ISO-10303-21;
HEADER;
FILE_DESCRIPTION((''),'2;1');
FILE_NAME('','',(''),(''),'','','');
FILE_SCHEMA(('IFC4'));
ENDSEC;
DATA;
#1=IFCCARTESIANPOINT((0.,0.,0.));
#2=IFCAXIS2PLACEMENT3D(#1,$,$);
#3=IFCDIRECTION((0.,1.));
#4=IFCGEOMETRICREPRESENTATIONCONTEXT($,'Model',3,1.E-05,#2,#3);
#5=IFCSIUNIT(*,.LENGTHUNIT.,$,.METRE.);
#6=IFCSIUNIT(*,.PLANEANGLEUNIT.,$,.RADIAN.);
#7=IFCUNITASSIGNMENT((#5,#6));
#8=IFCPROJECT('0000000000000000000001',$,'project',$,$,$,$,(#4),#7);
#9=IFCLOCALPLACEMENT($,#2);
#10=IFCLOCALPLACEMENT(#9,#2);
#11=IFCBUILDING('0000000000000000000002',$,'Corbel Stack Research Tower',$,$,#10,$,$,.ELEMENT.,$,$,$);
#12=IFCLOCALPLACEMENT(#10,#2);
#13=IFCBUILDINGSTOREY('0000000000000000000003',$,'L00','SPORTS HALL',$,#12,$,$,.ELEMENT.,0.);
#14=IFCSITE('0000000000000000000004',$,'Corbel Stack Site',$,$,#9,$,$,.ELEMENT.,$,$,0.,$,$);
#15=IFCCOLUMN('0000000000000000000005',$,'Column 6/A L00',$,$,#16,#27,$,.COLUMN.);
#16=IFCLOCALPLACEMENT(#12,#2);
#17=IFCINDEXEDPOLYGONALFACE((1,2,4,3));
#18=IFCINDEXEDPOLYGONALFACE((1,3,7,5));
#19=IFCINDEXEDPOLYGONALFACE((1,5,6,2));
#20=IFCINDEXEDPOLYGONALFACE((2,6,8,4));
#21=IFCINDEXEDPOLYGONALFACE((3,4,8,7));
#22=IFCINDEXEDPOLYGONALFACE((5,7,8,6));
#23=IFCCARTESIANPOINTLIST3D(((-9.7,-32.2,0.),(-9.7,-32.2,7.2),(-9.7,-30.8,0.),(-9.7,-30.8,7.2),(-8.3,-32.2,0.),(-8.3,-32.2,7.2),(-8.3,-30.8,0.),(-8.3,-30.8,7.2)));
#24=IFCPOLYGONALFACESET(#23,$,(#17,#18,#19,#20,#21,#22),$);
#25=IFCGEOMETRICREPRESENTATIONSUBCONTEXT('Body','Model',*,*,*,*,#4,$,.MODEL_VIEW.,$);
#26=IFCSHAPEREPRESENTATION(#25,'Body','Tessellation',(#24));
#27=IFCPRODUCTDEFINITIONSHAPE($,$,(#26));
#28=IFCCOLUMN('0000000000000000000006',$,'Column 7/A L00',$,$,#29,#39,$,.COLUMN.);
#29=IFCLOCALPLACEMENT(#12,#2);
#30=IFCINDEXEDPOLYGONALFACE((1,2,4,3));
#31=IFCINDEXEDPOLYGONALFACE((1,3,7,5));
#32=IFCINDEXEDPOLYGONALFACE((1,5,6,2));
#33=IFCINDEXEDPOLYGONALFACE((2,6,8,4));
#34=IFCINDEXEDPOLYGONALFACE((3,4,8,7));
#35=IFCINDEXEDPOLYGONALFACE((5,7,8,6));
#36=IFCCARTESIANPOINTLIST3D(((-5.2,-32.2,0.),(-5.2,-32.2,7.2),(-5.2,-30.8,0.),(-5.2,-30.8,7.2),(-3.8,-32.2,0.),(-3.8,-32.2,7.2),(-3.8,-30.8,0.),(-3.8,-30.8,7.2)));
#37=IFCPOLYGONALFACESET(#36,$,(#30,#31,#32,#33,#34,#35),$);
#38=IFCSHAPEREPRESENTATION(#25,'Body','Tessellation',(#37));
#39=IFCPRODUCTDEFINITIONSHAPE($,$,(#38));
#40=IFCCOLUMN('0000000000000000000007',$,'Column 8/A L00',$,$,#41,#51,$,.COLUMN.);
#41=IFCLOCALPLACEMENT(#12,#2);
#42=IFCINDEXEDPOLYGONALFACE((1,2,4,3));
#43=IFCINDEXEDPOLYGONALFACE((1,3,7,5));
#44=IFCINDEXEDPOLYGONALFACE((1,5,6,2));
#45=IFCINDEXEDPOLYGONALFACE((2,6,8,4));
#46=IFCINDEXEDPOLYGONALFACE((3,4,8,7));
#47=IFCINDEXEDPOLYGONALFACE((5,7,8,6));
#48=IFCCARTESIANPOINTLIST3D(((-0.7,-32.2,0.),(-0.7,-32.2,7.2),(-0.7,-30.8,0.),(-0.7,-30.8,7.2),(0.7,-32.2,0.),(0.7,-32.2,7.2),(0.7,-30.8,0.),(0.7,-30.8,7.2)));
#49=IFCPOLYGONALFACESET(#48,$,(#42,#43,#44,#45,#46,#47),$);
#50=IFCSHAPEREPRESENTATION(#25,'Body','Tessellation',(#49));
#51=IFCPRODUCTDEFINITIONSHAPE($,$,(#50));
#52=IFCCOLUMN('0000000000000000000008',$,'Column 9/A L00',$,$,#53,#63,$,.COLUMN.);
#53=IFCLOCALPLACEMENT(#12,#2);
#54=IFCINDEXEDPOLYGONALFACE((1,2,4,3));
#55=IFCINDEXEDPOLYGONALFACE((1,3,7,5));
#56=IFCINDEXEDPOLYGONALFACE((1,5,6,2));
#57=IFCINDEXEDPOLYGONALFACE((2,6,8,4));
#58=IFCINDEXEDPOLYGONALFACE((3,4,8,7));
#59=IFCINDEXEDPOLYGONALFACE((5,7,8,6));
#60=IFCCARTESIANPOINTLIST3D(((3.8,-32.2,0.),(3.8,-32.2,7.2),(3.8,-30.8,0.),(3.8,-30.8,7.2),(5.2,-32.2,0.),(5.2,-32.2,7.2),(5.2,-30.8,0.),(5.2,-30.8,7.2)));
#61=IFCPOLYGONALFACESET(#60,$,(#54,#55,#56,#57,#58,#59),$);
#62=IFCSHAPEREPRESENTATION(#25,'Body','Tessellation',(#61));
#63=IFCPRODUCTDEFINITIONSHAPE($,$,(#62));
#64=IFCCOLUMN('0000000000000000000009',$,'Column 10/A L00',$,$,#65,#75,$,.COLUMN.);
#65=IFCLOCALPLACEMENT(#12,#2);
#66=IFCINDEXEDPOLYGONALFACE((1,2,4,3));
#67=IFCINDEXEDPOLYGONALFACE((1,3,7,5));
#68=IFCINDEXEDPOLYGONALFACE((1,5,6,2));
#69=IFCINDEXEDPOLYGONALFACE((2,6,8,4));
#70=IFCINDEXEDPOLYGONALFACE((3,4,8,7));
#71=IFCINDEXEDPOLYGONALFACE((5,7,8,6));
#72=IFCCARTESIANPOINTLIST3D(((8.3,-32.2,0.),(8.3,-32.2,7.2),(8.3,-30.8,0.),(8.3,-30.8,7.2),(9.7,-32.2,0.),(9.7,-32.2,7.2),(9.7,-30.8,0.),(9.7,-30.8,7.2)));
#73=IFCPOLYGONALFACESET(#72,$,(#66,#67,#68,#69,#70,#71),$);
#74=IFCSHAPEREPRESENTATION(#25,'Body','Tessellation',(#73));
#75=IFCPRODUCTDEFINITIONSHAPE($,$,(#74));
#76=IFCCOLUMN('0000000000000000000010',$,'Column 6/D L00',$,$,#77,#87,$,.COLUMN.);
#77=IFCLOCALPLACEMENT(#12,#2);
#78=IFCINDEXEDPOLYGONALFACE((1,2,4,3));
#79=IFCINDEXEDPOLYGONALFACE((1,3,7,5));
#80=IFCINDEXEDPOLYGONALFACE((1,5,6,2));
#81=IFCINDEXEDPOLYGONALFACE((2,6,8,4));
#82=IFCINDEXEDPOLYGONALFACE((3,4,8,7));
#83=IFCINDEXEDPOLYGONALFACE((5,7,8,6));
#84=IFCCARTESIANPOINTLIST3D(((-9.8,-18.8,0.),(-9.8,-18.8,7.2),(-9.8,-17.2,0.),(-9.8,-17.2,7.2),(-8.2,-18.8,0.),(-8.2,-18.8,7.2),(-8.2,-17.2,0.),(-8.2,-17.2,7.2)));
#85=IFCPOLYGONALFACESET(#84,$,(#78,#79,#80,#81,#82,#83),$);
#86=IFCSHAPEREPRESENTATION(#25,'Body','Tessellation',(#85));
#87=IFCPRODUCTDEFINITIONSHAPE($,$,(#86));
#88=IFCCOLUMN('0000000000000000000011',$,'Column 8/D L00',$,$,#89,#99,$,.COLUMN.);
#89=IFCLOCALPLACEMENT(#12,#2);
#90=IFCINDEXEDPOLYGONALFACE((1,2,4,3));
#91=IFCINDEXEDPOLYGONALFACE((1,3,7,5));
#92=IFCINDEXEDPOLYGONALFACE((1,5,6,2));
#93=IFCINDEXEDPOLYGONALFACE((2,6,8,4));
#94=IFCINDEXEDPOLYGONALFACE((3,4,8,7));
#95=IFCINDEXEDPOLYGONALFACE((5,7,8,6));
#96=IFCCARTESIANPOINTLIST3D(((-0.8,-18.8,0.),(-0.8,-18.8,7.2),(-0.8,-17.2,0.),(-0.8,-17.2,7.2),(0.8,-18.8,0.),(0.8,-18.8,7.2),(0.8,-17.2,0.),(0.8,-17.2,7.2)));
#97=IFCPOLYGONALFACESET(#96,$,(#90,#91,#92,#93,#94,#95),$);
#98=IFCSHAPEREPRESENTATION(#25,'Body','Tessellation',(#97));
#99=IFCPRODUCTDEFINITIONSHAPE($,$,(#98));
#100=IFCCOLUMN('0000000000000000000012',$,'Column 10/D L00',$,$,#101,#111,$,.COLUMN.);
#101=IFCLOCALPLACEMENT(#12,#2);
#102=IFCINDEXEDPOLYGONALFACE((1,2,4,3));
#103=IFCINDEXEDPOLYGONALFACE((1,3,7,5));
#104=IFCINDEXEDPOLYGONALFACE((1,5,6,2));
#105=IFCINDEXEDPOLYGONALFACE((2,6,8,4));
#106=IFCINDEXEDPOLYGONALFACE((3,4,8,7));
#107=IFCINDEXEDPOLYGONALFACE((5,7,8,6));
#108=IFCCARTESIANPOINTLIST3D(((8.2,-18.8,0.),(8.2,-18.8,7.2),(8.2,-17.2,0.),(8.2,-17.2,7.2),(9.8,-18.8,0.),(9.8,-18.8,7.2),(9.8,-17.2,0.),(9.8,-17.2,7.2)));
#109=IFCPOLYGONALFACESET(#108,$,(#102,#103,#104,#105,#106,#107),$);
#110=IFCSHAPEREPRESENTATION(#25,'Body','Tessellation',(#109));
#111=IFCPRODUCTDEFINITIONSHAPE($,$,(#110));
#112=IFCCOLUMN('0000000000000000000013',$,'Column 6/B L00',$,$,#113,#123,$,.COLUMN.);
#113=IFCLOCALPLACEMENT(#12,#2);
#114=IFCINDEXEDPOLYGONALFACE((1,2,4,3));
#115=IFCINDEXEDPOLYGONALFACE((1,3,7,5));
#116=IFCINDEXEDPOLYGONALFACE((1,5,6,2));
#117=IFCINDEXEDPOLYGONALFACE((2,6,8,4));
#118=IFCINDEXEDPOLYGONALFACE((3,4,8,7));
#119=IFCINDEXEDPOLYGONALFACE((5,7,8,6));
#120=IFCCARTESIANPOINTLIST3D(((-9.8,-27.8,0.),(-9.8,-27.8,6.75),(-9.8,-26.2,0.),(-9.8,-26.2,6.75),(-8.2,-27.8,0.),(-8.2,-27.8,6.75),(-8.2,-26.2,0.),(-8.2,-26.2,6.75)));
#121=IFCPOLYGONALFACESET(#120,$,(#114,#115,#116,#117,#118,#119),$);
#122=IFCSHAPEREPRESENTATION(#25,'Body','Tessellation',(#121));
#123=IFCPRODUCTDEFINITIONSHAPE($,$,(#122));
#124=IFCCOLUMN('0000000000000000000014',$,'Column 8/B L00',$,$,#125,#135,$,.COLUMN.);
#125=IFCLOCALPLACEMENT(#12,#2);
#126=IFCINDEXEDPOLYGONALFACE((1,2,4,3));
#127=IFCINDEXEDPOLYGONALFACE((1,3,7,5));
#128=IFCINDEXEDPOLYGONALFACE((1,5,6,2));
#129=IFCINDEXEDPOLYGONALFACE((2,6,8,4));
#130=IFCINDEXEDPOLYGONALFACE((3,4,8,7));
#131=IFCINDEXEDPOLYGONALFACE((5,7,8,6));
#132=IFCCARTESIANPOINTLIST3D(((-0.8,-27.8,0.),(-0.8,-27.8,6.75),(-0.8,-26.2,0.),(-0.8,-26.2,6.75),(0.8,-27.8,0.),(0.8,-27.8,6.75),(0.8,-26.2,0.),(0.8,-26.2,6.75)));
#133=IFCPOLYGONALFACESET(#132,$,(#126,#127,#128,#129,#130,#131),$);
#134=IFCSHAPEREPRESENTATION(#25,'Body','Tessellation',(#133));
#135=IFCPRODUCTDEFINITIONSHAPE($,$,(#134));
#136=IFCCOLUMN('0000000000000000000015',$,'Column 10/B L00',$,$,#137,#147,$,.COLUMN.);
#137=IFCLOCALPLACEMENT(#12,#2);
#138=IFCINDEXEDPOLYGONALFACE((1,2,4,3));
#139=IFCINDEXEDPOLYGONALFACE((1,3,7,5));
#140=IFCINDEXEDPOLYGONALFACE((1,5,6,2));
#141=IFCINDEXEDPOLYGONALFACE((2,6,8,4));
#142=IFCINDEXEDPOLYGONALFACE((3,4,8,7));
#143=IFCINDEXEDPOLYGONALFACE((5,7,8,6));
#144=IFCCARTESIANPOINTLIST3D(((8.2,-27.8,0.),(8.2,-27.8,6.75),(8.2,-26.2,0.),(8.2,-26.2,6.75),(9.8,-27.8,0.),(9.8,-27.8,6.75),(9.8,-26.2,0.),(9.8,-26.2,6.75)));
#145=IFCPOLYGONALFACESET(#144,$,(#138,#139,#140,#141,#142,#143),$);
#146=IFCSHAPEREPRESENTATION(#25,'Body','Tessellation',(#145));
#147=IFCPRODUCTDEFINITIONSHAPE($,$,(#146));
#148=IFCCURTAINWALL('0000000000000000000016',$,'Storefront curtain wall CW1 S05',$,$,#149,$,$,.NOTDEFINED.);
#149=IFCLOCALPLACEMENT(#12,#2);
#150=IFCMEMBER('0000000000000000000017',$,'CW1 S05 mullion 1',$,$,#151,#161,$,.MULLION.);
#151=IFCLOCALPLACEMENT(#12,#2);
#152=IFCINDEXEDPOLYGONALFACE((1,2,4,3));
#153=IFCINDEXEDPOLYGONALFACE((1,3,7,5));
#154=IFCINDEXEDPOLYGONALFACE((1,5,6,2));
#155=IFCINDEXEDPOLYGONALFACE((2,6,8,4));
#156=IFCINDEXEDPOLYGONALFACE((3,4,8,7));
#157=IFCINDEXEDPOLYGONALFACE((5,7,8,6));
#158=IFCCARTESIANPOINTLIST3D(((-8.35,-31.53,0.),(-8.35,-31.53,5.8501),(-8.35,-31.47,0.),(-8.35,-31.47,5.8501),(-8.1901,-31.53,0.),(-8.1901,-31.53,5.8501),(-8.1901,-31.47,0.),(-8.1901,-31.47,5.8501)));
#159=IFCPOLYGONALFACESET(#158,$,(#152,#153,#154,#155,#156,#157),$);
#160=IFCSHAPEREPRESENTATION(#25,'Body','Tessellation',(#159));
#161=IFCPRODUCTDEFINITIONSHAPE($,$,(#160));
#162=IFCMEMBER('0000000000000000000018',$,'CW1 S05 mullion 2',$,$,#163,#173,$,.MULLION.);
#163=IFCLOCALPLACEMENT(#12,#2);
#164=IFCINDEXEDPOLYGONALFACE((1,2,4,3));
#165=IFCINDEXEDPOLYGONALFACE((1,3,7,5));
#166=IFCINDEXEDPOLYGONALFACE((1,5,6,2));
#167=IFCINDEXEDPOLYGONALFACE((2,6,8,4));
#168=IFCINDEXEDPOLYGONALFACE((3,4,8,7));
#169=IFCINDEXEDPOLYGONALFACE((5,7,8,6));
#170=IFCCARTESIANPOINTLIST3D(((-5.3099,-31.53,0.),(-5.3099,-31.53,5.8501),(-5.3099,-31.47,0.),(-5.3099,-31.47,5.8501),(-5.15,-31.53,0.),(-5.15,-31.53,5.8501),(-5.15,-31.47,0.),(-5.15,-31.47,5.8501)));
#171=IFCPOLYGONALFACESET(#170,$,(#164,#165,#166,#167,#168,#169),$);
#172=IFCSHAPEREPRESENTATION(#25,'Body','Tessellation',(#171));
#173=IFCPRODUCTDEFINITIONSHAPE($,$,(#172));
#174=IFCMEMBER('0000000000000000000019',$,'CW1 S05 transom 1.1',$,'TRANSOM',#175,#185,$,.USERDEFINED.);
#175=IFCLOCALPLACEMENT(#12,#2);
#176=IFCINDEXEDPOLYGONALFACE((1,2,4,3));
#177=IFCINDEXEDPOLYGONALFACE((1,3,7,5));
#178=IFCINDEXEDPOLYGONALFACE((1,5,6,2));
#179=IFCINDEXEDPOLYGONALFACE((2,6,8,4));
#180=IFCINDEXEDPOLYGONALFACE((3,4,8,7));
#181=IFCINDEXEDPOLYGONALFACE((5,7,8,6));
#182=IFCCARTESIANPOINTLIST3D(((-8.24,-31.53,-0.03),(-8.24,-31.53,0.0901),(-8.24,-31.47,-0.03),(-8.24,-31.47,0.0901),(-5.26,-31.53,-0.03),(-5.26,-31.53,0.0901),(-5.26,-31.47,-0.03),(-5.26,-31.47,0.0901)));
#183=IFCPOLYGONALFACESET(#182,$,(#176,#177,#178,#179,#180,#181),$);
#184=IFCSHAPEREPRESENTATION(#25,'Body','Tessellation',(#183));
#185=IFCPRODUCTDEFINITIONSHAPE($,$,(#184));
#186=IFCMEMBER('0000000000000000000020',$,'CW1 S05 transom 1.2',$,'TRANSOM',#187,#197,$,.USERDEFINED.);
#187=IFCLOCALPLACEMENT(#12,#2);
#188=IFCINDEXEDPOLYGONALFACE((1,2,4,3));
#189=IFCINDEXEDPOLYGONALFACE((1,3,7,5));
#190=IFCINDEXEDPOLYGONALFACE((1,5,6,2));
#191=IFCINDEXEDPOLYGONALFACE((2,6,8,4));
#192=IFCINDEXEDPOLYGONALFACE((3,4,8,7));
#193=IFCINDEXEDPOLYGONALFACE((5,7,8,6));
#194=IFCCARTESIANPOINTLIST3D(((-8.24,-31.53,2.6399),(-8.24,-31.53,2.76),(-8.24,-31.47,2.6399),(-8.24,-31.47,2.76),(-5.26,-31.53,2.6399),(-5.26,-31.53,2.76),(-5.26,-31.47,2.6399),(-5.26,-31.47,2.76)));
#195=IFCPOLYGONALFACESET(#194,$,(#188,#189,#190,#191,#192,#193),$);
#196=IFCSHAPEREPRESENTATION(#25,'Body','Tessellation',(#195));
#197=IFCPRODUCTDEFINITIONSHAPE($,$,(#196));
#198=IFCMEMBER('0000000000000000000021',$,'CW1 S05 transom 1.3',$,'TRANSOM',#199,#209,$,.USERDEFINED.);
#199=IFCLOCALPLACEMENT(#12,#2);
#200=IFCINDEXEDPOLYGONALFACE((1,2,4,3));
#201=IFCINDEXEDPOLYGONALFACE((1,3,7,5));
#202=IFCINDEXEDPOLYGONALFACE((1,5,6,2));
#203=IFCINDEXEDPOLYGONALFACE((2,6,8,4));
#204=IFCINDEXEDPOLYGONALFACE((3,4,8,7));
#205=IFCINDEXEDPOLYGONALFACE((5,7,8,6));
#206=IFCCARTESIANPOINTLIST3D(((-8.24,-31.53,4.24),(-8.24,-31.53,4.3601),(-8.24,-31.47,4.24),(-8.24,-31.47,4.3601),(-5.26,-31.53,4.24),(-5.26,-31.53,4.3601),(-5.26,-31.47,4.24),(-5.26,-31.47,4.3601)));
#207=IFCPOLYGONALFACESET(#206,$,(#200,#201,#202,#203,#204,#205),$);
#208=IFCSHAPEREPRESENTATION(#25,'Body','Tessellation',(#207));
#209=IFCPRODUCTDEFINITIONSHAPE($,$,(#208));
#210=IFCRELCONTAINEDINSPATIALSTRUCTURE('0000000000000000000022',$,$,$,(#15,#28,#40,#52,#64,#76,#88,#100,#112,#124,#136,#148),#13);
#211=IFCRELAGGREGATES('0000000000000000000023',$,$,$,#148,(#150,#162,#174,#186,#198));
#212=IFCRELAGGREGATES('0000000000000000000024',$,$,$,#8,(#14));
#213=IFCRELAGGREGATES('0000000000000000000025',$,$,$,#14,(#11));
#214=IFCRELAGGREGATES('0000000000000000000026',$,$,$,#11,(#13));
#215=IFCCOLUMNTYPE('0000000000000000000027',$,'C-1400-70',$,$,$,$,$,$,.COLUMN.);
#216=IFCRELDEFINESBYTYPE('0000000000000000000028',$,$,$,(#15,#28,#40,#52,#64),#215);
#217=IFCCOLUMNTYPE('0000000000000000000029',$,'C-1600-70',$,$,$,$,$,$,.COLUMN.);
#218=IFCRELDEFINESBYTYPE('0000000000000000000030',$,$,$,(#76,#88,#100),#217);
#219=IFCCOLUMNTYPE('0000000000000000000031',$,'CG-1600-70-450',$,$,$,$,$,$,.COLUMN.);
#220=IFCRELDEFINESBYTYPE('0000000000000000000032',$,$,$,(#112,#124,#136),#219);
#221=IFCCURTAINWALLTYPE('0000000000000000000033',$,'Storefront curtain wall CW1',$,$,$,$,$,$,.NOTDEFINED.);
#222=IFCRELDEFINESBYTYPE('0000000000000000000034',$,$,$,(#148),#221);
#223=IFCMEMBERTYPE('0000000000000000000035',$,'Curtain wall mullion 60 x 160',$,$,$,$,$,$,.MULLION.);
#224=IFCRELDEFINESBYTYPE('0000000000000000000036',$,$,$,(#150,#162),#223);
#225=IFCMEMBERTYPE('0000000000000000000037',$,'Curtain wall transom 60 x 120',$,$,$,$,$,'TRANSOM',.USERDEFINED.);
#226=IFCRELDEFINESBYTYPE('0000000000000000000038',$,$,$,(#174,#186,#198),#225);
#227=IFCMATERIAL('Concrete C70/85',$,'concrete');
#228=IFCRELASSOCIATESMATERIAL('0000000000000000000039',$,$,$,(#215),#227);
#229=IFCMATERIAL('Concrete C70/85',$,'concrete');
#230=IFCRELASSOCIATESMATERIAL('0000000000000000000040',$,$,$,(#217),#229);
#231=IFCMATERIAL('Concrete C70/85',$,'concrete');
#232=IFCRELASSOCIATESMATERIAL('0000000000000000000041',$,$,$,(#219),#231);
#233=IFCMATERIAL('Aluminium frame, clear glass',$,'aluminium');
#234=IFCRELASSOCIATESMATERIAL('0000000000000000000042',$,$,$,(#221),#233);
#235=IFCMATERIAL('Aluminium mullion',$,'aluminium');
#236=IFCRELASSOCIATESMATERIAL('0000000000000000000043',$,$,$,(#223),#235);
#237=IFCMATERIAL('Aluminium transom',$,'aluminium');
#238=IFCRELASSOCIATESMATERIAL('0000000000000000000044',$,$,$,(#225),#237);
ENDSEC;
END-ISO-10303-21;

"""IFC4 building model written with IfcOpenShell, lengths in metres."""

from ifc_helpers import new_model, si_unit, direction, frame, origin, origin_2d, place, context, subcontext, project, spatial, rectangle, extrude, material, material_profile, profile_set, type_object, element, aggregate, save


model = new_model("IFC4")

# Units and contexts
model_context = context("Model", 3, precision=1e-05, world=origin(), true_north=direction((0.0, 1.0)))
body_context = subcontext(model_context, "Body", "Model", "MODEL_VIEW")
ifc_project = project(units=[si_unit("LENGTHUNIT", "METRE"), si_unit("PLANEANGLEUNIT", "RADIAN")], contexts=[model_context])

# Site, building, storey
site_placement = place(None, origin())
site = spatial("IfcSite", under=ifc_project, at=site_placement, Name="Corbel Stack Site", CompositionType="ELEMENT", RefElevation=0.0)
building_placement = place(site_placement, origin())
building = spatial("IfcBuilding", under=site, at=building_placement, Name="Corbel Stack Research Tower", CompositionType="ELEMENT")
storey_placement = place(building_placement, origin())
storey = spatial("IfcBuildingStorey", under=building, at=storey_placement, Name="L00", Description="SPORTS HALL", CompositionType="ELEMENT", Elevation=0.0)

# Columns
ifc_material_1 = material(Name="Concrete C70/85", Category="concrete")
ifc_material_profile_1 = material_profile(ifc_material_1, rectangle(XDim=1.3999, YDim=1.3999, at=origin_2d()), Name="RC 1400 x 1400")
ifc_profile_set_1 = profile_set([ifc_material_profile_1], Name="Concrete C70/85")
column_type_1 = type_object("IfcColumnType", Name="C-1400-70", PredefinedType="COLUMN", material=ifc_profile_set_1)
for number, where, z_axis, x_axis, name in (
    (1, (-9.0, -31.5, 0.0), (0.0, 0.0, 1.0), (1.0, 0.0, 0.0), "Column 6/A L00"),
    (2, (-4.5, -31.5, 0.0), (0.0, 0.0, 1.0), (1.0, 0.0, 0.0), "Column 7/A L00"),
    (3, (0.0, -31.5, 0.0), (0.0, 0.0, 1.0), (1.0, 0.0, 0.0), "Column 8/A L00"),
    (4, (4.5, -31.5, 0.0), (0.0, 0.0, 1.0), (1.0, 0.0, 0.0), "Column 9/A L00"),
    (5, (9.0, -31.5, 0.0), (0.0, 0.0, 1.0), (1.0, 0.0, 0.0), "Column 10/A L00"),
):
    element("IfcColumn", number, at=place(storey_placement, frame(where, z_axis=z_axis, x_axis=x_axis)), inside=storey, type_object=column_type_1, Name=name, PredefinedType="COLUMN", context=body_context, shape_type="SweptSolid", body=[
        extrude(rectangle(XDim=1.3999, YDim=1.3999, at=origin_2d()), origin(), (0.0, 0.0, 1.0), 7.2),
    ])
ifc_material_2 = material(Name="Concrete C70/85", Category="concrete")
ifc_material_profile_2 = material_profile(ifc_material_2, rectangle(XDim=1.6001, YDim=1.6001, at=origin_2d()), Name="RC 1600 x 1600")
ifc_profile_set_2 = profile_set([ifc_material_profile_2], Name="Concrete C70/85")
column_type_2 = type_object("IfcColumnType", Name="C-1600-70", PredefinedType="COLUMN", material=ifc_profile_set_2)
for number, where, z_axis, x_axis, name in (
    (6, (-9.0, -18.0, 0.0), (0.0, 0.0, 1.0), (1.0, 0.0, 0.0), "Column 6/D L00"),
    (7, (0.0, -18.0, 0.0), (0.0, 0.0, 1.0), (1.0, 0.0, 0.0), "Column 8/D L00"),
    (8, (9.0, -18.0, 0.0), (0.0, 0.0, 1.0), (1.0, 0.0, 0.0), "Column 10/D L00"),
):
    element("IfcColumn", number, at=place(storey_placement, frame(where, z_axis=z_axis, x_axis=x_axis)), inside=storey, type_object=column_type_2, Name=name, PredefinedType="COLUMN", context=body_context, shape_type="SweptSolid", body=[
        extrude(rectangle(XDim=1.6001, YDim=1.6001, at=origin_2d()), origin(), (0.0, 0.0, 1.0), 7.2),
    ])
ifc_material_3 = material(Name="Concrete C70/85", Category="concrete")
ifc_material_profile_3 = material_profile(ifc_material_3, rectangle(XDim=1.6001, YDim=1.6001, at=origin_2d()), Name="RC 1600 x 1600")
ifc_profile_set_3 = profile_set([ifc_material_profile_3], Name="Concrete C70/85")
column_type_3 = type_object("IfcColumnType", Name="CG-1600-70-450", PredefinedType="COLUMN", material=ifc_profile_set_3)
for number, where, z_axis, x_axis, name in (
    (9, (-9.0, -27.0, 0.0), (0.0, 0.0, 1.0), (1.0, 0.0, 0.0), "Column 6/B L00"),
    (10, (0.0, -27.0, 0.0), (0.0, 0.0, 1.0), (1.0, 0.0, 0.0), "Column 8/B L00"),
    (11, (9.0, -27.0, 0.0), (0.0, 0.0, 1.0), (1.0, 0.0, 0.0), "Column 10/B L00"),
):
    element("IfcColumn", number, at=place(storey_placement, frame(where, z_axis=z_axis, x_axis=x_axis)), inside=storey, type_object=column_type_3, Name=name, PredefinedType="COLUMN", context=body_context, shape_type="SweptSolid", body=[
        extrude(rectangle(XDim=1.6001, YDim=1.6001, at=origin_2d()), origin(), (0.0, 0.0, 1.0), 6.75),
    ])

# Curtain wall, members
ifc_material_4 = material(Name="Aluminium frame, clear glass", Category="aluminium")
curtain_wall_type = type_object("IfcCurtainWallType", Name="Storefront curtain wall CW1", PredefinedType="NOTDEFINED", material=ifc_material_4)
curtain_wall_placement = place(storey_placement, origin())
curtain_wall = element("IfcCurtainWall", 12, at=curtain_wall_placement, inside=storey, type_object=curtain_wall_type, Name="Storefront curtain wall CW1 S05", PredefinedType="NOTDEFINED")
ifc_material_5 = material(Name="Aluminium mullion", Category="aluminium")
ifc_material_profile_4 = material_profile(ifc_material_5, rectangle(XDim=0.0601, YDim=0.1599, at=origin_2d()), Name="Mullion 60 x 160")
ifc_profile_set_4 = profile_set([ifc_material_profile_4], Name="Aluminium mullion")
member_type_1 = type_object("IfcMemberType", Name="Curtain wall mullion 60 x 160", PredefinedType="MULLION", material=ifc_profile_set_4)
member_1_placement = place(storey_placement, frame((-8.27, -31.5, 0.0), z_axis=(0.0, 0.0, 1.0), x_axis=(0.0, 1.0, 0.0)))
member_1 = element("IfcMember", 13, at=member_1_placement, type_object=member_type_1, Name="CW1 S05 mullion 1", PredefinedType="MULLION", context=body_context, shape_type="SweptSolid", body=[
    extrude(rectangle(XDim=0.0601, YDim=0.1599, at=origin_2d()), origin(), (0.0, 0.0, 1.0), 5.8501),
])
member_2_placement = place(storey_placement, frame((-5.23, -31.5, 0.0), z_axis=(0.0, 0.0, 1.0), x_axis=(0.0, 1.0, 0.0)))
member_2 = element("IfcMember", 14, at=member_2_placement, type_object=member_type_1, Name="CW1 S05 mullion 2", PredefinedType="MULLION", context=body_context, shape_type="SweptSolid", body=[
    extrude(rectangle(XDim=0.0601, YDim=0.1599, at=origin_2d()), origin(), (0.0, 0.0, 1.0), 5.8501),
])
ifc_material_6 = material(Name="Aluminium transom", Category="aluminium")
ifc_material_profile_5 = material_profile(ifc_material_6, rectangle(XDim=0.0601, YDim=0.1201, at=origin_2d()), Name="Transom 60 x 120")
ifc_profile_set_5 = profile_set([ifc_material_profile_5], Name="Aluminium transom")
member_type_2 = type_object("IfcMemberType", Name="Curtain wall transom 60 x 120", ElementType="TRANSOM", PredefinedType="USERDEFINED", material=ifc_profile_set_5)
member_3_placement = place(storey_placement, frame((-8.24, -31.5, 0.03), z_axis=(1.0, 0.0, 0.0), x_axis=(0.0, 1.0, 0.0)))
member_3 = element("IfcMember", 15, at=member_3_placement, type_object=member_type_2, Name="CW1 S05 transom 1.1", ObjectType="TRANSOM", PredefinedType="USERDEFINED", context=body_context, shape_type="SweptSolid", body=[
    extrude(rectangle(XDim=0.0601, YDim=0.1201, at=origin_2d()), origin(), (0.0, 0.0, 1.0), 2.98),
])
member_4_placement = place(storey_placement, frame((-8.24, -31.5, 2.7), z_axis=(1.0, 0.0, 0.0), x_axis=(0.0, 1.0, 0.0)))
member_4 = element("IfcMember", 16, at=member_4_placement, type_object=member_type_2, Name="CW1 S05 transom 1.2", ObjectType="TRANSOM", PredefinedType="USERDEFINED", context=body_context, shape_type="SweptSolid", body=[
    extrude(rectangle(XDim=0.0601, YDim=0.1201, at=origin_2d()), origin(), (0.0, 0.0, 1.0), 2.98),
])
member_5_placement = place(storey_placement, frame((-8.24, -31.5, 4.3), z_axis=(1.0, 0.0, 0.0), x_axis=(0.0, 1.0, 0.0)))
member_5 = element("IfcMember", 17, at=member_5_placement, type_object=member_type_2, Name="CW1 S05 transom 1.3", ObjectType="TRANSOM", PredefinedType="USERDEFINED", context=body_context, shape_type="SweptSolid", body=[
    extrude(rectangle(XDim=0.0601, YDim=0.1201, at=origin_2d()), origin(), (0.0, 0.0, 1.0), 2.98),
])

aggregate(curtain_wall, [member_1, member_2, member_3, member_4, member_5])

save(model, "model.ifc")
